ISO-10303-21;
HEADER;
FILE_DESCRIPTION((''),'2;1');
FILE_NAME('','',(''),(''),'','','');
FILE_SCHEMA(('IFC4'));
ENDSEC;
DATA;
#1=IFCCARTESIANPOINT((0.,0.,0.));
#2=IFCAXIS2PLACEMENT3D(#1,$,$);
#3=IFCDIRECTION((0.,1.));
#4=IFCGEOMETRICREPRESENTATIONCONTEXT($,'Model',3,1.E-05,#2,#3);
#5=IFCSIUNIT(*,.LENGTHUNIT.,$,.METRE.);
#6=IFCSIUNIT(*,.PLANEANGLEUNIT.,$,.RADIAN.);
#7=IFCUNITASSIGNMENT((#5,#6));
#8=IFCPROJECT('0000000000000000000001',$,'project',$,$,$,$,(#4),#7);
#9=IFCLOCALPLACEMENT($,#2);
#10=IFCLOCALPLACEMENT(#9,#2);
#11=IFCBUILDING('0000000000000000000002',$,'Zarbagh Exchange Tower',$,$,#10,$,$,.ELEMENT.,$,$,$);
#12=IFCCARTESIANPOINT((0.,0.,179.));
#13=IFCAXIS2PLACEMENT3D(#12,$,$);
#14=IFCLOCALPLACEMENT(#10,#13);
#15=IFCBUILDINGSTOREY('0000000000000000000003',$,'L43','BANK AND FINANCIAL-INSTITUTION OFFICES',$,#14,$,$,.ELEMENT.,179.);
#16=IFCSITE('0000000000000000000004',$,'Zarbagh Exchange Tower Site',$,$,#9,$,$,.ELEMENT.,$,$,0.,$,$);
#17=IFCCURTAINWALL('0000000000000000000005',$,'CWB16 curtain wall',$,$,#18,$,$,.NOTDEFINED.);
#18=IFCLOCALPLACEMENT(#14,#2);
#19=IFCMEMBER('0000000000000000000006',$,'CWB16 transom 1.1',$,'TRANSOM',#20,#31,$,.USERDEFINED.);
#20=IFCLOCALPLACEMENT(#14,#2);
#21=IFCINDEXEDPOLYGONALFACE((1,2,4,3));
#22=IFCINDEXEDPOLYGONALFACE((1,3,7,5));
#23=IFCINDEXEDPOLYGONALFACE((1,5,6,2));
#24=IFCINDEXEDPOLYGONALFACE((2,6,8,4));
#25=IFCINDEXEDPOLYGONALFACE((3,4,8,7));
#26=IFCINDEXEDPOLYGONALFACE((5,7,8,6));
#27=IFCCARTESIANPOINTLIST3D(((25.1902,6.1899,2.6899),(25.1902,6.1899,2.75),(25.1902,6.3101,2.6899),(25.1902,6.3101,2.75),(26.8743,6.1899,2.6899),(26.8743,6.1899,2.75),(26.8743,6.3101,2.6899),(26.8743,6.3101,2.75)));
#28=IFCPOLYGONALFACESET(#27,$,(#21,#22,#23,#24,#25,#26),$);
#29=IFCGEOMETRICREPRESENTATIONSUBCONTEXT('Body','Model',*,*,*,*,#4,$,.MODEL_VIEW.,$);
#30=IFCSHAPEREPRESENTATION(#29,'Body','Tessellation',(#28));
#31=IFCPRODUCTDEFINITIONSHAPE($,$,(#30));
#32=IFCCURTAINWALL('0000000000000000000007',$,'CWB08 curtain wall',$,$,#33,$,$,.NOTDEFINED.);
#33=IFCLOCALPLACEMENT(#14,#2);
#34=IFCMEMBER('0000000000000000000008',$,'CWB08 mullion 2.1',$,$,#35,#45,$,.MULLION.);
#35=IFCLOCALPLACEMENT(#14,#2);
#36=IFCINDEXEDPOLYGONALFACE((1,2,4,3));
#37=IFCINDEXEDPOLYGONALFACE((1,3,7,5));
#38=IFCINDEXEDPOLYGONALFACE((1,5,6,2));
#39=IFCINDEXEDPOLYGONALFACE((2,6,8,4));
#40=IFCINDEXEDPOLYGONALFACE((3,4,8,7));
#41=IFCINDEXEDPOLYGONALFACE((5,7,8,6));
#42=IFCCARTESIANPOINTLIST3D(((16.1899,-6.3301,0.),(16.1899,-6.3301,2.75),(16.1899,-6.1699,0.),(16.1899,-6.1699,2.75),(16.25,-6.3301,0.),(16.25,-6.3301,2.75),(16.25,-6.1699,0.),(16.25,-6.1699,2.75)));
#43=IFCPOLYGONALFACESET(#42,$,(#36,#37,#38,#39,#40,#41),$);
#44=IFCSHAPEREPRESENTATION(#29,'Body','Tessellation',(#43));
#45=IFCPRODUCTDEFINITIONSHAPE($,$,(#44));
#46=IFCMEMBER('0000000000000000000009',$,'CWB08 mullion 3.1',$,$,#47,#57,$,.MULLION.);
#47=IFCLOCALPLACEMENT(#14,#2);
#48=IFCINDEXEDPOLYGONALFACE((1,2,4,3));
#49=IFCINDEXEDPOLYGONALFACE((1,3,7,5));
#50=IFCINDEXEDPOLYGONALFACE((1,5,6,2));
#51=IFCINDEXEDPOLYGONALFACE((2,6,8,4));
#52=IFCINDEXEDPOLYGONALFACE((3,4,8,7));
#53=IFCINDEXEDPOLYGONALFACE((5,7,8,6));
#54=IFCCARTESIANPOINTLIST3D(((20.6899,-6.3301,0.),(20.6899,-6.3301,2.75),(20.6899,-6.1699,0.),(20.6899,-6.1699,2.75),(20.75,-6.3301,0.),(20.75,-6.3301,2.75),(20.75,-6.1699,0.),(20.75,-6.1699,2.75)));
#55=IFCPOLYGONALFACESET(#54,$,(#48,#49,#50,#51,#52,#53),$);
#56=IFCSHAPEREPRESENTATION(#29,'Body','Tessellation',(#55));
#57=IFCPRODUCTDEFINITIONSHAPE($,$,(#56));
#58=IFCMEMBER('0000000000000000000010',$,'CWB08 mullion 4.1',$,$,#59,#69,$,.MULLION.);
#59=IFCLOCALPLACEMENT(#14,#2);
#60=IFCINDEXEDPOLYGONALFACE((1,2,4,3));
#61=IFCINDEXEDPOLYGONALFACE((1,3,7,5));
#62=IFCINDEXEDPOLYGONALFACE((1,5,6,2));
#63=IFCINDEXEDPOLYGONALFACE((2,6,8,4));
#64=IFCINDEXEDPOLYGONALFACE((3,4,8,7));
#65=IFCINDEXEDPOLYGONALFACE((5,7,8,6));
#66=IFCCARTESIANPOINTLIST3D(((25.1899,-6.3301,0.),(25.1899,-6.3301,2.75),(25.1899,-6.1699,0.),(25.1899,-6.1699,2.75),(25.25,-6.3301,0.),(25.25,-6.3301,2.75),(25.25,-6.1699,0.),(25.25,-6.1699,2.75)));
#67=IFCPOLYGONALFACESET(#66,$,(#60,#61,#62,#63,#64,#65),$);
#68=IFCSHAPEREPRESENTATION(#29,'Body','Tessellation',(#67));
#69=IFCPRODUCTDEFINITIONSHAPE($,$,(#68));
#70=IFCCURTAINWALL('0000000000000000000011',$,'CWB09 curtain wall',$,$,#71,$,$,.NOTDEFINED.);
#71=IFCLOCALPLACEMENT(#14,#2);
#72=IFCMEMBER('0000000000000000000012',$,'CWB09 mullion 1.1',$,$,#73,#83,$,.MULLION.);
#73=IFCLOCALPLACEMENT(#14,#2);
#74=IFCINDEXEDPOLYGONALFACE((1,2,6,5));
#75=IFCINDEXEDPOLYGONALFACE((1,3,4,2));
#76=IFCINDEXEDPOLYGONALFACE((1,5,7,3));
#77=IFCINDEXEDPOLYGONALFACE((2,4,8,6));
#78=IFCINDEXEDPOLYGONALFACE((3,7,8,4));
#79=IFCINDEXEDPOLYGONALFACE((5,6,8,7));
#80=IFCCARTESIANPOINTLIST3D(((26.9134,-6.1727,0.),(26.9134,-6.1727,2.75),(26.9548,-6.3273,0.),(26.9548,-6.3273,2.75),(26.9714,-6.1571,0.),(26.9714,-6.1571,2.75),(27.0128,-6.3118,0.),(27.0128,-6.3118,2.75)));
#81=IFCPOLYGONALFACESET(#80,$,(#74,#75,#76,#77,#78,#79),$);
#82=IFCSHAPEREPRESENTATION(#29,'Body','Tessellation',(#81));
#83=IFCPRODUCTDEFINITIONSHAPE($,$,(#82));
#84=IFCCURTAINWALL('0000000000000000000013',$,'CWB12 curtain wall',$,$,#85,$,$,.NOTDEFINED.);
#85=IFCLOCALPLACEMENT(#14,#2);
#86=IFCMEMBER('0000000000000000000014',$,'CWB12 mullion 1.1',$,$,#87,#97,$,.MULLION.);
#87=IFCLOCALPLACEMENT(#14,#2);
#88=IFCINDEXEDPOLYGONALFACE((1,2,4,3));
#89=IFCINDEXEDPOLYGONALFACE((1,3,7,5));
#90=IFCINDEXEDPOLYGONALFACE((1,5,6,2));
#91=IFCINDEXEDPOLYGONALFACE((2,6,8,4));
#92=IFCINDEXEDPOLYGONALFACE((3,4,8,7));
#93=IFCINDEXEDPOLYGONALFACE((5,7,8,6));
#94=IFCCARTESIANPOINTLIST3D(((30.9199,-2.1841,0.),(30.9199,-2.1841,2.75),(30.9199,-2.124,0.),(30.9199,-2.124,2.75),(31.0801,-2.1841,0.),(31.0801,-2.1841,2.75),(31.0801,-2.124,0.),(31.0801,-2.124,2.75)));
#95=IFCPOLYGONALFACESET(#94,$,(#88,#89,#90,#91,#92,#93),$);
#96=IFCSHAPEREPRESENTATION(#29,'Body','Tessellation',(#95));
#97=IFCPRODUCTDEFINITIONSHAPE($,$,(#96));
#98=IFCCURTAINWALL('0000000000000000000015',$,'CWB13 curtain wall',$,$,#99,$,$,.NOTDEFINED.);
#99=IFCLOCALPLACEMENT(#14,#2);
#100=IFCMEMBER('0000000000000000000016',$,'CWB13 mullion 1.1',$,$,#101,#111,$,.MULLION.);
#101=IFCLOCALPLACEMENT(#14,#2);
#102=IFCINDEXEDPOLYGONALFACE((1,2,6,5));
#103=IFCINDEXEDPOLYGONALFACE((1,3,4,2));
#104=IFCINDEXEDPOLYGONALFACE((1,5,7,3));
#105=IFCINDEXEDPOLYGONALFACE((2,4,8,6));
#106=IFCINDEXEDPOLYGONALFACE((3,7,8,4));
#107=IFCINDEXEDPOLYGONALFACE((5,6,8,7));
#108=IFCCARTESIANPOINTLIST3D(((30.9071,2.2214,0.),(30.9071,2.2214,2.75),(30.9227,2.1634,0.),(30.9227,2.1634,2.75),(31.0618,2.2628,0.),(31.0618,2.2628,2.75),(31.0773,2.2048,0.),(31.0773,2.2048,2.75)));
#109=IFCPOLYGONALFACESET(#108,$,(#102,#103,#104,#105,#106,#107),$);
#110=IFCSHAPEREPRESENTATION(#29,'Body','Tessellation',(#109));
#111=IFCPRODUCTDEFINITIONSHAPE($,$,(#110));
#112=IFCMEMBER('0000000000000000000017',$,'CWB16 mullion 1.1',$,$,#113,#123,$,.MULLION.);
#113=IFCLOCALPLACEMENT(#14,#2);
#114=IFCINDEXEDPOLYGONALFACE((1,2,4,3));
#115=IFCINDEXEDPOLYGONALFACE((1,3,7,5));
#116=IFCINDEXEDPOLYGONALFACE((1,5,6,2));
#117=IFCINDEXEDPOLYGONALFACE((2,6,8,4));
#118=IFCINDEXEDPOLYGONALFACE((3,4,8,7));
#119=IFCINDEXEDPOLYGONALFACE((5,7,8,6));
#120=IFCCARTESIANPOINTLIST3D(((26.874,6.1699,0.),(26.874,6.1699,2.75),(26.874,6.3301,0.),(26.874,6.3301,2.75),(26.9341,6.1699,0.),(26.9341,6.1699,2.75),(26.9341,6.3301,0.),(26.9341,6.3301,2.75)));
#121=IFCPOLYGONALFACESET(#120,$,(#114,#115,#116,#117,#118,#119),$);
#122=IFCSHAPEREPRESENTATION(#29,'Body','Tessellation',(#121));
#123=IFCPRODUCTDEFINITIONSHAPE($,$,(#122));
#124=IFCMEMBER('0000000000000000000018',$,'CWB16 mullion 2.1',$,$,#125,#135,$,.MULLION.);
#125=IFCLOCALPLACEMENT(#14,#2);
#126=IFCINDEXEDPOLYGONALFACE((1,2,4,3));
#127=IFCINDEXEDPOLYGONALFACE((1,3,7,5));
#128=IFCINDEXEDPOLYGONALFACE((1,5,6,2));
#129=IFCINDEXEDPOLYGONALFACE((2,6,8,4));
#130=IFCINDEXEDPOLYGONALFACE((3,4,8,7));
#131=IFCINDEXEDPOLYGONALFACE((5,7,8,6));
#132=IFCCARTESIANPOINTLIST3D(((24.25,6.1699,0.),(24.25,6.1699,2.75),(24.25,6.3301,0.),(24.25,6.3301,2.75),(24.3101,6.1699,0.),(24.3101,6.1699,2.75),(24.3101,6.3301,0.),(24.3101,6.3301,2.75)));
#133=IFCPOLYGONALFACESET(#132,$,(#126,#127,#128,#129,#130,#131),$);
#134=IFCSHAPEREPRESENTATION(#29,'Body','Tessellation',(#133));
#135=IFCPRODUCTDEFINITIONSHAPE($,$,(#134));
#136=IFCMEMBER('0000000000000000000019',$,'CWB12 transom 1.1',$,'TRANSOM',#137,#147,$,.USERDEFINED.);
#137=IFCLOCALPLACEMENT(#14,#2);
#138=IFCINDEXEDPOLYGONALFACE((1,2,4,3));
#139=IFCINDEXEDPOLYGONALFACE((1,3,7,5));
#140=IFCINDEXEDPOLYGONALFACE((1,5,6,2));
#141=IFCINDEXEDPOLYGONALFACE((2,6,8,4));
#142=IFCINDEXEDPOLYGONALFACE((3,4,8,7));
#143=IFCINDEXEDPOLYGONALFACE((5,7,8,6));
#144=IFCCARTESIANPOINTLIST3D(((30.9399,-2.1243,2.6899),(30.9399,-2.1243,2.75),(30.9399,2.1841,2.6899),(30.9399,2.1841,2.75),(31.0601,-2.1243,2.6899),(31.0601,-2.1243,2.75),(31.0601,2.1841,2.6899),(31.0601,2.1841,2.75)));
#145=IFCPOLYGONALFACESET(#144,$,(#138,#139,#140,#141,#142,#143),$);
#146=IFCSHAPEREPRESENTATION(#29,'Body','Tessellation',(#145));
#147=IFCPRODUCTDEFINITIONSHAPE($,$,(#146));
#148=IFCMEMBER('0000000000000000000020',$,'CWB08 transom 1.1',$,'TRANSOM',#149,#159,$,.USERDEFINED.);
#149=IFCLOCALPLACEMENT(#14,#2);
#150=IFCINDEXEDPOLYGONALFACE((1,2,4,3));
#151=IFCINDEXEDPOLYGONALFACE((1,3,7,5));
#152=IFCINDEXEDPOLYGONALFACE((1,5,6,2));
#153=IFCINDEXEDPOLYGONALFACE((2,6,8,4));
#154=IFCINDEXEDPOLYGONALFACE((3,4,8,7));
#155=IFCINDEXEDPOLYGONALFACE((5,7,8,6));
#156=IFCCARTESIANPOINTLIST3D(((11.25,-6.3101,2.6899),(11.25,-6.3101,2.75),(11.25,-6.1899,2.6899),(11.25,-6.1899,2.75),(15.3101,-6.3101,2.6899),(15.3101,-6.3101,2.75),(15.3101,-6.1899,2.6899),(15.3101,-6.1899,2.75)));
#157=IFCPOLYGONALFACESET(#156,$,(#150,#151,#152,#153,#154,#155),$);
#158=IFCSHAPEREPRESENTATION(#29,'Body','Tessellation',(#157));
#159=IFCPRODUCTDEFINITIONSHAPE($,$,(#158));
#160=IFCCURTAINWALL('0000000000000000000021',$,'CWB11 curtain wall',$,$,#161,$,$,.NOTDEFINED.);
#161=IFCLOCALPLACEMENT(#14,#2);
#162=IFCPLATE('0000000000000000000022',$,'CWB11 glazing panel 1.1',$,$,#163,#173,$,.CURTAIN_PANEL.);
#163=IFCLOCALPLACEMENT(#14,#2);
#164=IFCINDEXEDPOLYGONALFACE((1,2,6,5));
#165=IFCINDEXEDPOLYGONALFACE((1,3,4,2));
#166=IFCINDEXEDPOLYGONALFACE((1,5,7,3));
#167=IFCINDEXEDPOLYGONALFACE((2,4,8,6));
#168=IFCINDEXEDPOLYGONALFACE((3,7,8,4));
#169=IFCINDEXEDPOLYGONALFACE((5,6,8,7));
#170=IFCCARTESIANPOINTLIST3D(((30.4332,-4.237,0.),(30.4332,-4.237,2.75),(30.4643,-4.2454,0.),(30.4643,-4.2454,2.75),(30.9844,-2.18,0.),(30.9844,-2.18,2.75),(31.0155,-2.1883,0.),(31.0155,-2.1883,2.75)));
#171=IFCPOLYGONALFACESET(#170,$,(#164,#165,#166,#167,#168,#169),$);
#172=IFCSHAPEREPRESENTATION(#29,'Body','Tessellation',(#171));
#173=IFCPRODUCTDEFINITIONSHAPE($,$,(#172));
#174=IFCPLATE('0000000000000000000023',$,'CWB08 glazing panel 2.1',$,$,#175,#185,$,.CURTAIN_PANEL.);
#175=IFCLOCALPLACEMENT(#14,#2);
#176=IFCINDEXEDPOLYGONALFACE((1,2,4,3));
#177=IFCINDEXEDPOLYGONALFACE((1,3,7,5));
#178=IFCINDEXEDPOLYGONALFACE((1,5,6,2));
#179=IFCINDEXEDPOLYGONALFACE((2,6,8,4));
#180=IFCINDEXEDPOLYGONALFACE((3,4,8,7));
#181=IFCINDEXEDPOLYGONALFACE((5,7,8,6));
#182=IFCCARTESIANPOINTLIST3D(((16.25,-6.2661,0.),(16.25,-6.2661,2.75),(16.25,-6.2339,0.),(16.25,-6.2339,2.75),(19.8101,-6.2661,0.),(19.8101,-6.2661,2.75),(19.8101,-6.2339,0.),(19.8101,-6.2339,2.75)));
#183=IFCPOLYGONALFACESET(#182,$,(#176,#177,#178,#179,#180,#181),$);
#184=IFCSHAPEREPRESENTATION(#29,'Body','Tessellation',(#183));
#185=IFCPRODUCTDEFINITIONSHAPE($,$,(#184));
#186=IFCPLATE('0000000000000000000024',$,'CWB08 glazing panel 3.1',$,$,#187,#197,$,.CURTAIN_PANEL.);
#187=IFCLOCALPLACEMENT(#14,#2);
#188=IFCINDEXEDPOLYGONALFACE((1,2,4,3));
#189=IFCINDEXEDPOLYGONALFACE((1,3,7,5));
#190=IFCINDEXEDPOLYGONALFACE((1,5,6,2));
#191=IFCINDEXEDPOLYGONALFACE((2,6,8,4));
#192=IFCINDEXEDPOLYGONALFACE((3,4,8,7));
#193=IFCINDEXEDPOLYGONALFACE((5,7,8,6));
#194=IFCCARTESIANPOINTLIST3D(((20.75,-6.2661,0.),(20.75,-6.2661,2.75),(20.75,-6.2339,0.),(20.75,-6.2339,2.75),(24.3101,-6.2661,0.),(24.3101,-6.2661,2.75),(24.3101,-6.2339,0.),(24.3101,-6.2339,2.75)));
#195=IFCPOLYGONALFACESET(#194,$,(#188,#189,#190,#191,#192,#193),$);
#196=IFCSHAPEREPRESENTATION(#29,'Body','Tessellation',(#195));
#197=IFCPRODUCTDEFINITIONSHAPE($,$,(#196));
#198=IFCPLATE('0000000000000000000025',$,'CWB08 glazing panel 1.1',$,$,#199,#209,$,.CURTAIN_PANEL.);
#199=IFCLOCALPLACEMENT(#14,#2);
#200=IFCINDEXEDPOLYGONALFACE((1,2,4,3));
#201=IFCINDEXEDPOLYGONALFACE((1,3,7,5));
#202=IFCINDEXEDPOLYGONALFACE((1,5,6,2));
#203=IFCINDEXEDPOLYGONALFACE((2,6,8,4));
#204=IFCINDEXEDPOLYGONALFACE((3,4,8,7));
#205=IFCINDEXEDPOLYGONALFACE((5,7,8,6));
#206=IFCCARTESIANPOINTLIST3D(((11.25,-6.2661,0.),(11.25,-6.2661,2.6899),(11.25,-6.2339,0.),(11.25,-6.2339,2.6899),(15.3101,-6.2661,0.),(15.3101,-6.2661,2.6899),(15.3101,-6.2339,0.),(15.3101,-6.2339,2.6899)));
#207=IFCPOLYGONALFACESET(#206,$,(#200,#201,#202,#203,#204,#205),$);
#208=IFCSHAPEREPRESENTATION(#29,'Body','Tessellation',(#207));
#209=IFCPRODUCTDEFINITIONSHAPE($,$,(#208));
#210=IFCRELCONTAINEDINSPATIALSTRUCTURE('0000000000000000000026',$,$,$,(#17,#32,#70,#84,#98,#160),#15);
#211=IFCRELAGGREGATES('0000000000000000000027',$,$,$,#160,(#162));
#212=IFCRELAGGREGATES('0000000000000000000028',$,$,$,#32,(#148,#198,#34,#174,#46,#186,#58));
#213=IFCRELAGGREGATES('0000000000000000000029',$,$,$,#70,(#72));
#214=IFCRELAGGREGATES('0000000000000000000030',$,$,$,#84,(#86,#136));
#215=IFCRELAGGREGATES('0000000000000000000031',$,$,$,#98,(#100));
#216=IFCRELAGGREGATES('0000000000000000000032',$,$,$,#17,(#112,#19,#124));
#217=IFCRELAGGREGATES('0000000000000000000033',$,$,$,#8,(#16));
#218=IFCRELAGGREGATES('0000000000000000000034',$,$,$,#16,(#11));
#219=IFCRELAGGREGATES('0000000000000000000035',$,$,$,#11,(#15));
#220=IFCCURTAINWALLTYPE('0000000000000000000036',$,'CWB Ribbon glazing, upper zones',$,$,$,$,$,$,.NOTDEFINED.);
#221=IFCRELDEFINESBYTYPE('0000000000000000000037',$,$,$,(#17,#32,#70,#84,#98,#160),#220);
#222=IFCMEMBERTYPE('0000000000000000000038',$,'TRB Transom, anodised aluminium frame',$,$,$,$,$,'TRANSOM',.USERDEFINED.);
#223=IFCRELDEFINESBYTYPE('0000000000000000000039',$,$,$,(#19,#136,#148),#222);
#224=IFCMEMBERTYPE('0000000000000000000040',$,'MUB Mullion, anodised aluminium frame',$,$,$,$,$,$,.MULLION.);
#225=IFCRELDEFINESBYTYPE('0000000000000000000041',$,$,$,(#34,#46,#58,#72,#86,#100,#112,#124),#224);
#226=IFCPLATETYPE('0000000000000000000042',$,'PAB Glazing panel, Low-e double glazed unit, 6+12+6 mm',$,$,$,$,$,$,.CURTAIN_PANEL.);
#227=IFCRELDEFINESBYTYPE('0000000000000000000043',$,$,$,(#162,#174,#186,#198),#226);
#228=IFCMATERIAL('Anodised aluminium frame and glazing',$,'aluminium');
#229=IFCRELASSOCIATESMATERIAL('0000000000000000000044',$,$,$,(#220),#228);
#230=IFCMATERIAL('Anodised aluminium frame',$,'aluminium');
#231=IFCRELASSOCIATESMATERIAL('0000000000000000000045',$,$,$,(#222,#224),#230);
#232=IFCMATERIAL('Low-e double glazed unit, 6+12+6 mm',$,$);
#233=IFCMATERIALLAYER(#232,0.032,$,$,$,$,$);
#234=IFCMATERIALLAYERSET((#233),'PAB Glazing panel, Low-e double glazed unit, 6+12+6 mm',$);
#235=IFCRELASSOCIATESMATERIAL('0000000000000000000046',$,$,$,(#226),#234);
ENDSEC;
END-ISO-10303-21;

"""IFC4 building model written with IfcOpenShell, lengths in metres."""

from ifc_helpers import new_model, si_unit, direction, frame, origin, place, context, subcontext, project, spatial, polyline, outline, extrude, source, transform, mapped, material, layer, layer_set, type_object, element, aggregate, save


model = new_model("IFC4")

# Units and contexts
model_context = context("Model", 3, precision=1e-05, world=origin(), true_north=direction((0.0, 1.0)))
body_context = subcontext(model_context, "Body", "Model", "MODEL_VIEW")
ifc_project = project(units=[si_unit("LENGTHUNIT", "METRE"), si_unit("PLANEANGLEUNIT", "RADIAN")], contexts=[model_context])

# Site, building, storey
site_placement = place(None, origin())
site = spatial("IfcSite", under=ifc_project, at=site_placement, Name="Zarbagh Exchange Tower Site", CompositionType="ELEMENT", RefElevation=0.0)
building_placement = place(site_placement, origin())
building = spatial("IfcBuilding", under=site, at=building_placement, Name="Zarbagh Exchange Tower", CompositionType="ELEMENT")
storey_placement = place(building_placement, frame((0.0, 0.0, 179.0)))
storey = spatial("IfcBuildingStorey", under=building, at=storey_placement, Name="L43", Description="BANK AND FINANCIAL-INSTITUTION OFFICES", CompositionType="ELEMENT", Elevation=179.0)

# Curtain wall, member
ifc_material_1 = material(Name="Anodised aluminium frame and glazing", Category="aluminium")
curtain_wall_type = type_object("IfcCurtainWallType", Name="CWB Ribbon glazing, upper zones", PredefinedType="NOTDEFINED", material=ifc_material_1)
curtain_wall_1_placement = place(storey_placement, origin())
curtain_wall_1 = element("IfcCurtainWall", 1, at=curtain_wall_1_placement, inside=storey, type_object=curtain_wall_type, Name="CWB16 curtain wall", PredefinedType="NOTDEFINED")
ifc_material_2 = material(Name="Anodised aluminium frame", Category="aluminium")
member_type_1 = type_object("IfcMemberType", Name="TRB Transom, anodised aluminium frame", ElementType="TRANSOM", PredefinedType="USERDEFINED", material=ifc_material_2)
shared_shape_1 = source(origin(), body_context, "Body", "SweptSolid", [
    extrude(outline(polyline([(-0.0601, -0.0601), (0.0, -0.0601), (0.0, 0.0601), (-0.0601, 0.0601), (-0.0601, -0.0601)])), origin(), (0.0, 0.0, 1.0), 1.6841),
])
placement = place(storey_placement, origin())
member_1 = element("IfcMember", 2, at=placement, type_object=member_type_1, Name="CWB16 transom 1.1", ObjectType="TRANSOM", PredefinedType="USERDEFINED", context=body_context, shape_type="MappedRepresentation", body=[
    mapped(shared_shape_1, transform((26.8743, 6.25, 2.75), x_axis=(0.0, 0.0, 1.0), y_axis=(0.0, 1.0, 0.0), z_axis=(-1.0, 0.0, 0.0))),
])

# Curtain wall, members
curtain_wall_2_placement = place(storey_placement, origin())
curtain_wall_2 = element("IfcCurtainWall", 3, at=curtain_wall_2_placement, inside=storey, type_object=curtain_wall_type, Name="CWB08 curtain wall", PredefinedType="NOTDEFINED")
member_type_2 = type_object("IfcMemberType", Name="MUB Mullion, anodised aluminium frame", PredefinedType="MULLION", material=ifc_material_2)
shared_shape_2 = source(origin(), body_context, "Body", "SweptSolid", [
    extrude(outline(polyline([(0.0, -0.0801), (0.0601, -0.0801), (0.0601, 0.0801), (0.0, 0.0801), (0.0, -0.0801)])), origin(), (0.0, 0.0, 1.0), 2.75),
])
member_2 = element("IfcMember", 4, at=placement, type_object=member_type_2, Name="CWB08 mullion 2.1", PredefinedType="MULLION", context=body_context, shape_type="MappedRepresentation", body=[
    mapped(shared_shape_2, transform((16.1899, -6.25, 0.0), x_axis=(1.0, 0.0, 0.0), y_axis=(0.0, 1.0, 0.0), z_axis=(0.0, 0.0, 1.0))),
])
member_3 = element("IfcMember", 5, at=placement, type_object=member_type_2, Name="CWB08 mullion 3.1", PredefinedType="MULLION", context=body_context, shape_type="MappedRepresentation", body=[
    mapped(shared_shape_2, transform((20.6899, -6.25, 0.0), x_axis=(1.0, 0.0, 0.0), y_axis=(0.0, 1.0, 0.0), z_axis=(0.0, 0.0, 1.0))),
])
member_4 = element("IfcMember", 6, at=placement, type_object=member_type_2, Name="CWB08 mullion 4.1", PredefinedType="MULLION", context=body_context, shape_type="MappedRepresentation", body=[
    mapped(shared_shape_2, transform((25.1899, -6.25, 0.0), x_axis=(1.0, 0.0, 0.0), y_axis=(0.0, 1.0, 0.0), z_axis=(0.0, 0.0, 1.0))),
])

# Curtain walls, members
curtain_wall_3_placement = place(storey_placement, origin())
curtain_wall_3 = element("IfcCurtainWall", 7, at=curtain_wall_3_placement, inside=storey, type_object=curtain_wall_type, Name="CWB09 curtain wall", PredefinedType="NOTDEFINED")
member_5 = element("IfcMember", 8, at=placement, type_object=member_type_2, Name="CWB09 mullion 1.1", PredefinedType="MULLION", context=body_context, shape_type="MappedRepresentation", body=[
    mapped(shared_shape_2, transform((26.9341, -6.25, 0.0), x_axis=(0.965924, 0.258825, 0.0), y_axis=(-0.258825, 0.965924, 0.0), z_axis=(0.0, 0.0, 1.0))),
])
curtain_wall_4_placement = place(storey_placement, origin())
curtain_wall_4 = element("IfcCurtainWall", 9, at=curtain_wall_4_placement, inside=storey, type_object=curtain_wall_type, Name="CWB12 curtain wall", PredefinedType="NOTDEFINED")
member_6 = element("IfcMember", 10, at=placement, type_object=member_type_2, Name="CWB12 mullion 1.1", PredefinedType="MULLION", context=body_context, shape_type="MappedRepresentation", body=[
    mapped(shared_shape_2, transform((31.0, -2.1841, 0.0), x_axis=(0.0, 1.0, 0.0), y_axis=(-1.0, 0.0, 0.0), z_axis=(0.0, 0.0, 1.0))),
])
curtain_wall_5_placement = place(storey_placement, origin())
curtain_wall_5 = element("IfcCurtainWall", 11, at=curtain_wall_5_placement, inside=storey, type_object=curtain_wall_type, Name="CWB13 curtain wall", PredefinedType="NOTDEFINED")
member_7 = element("IfcMember", 12, at=placement, type_object=member_type_2, Name="CWB13 mullion 1.1", PredefinedType="MULLION", context=body_context, shape_type="MappedRepresentation", body=[
    mapped(shared_shape_2, transform((31.0, 2.1841, 0.0), x_axis=(-0.258825, 0.965924, 0.0), y_axis=(-0.965924, -0.258825, 0.0), z_axis=(0.0, 0.0, 1.0))),
])

# Members
member_8 = element("IfcMember", 13, at=placement, type_object=member_type_2, Name="CWB16 mullion 1.1", PredefinedType="MULLION", context=body_context, shape_type="MappedRepresentation", body=[
    mapped(shared_shape_2, transform((26.9341, 6.25, 0.0), x_axis=(-1.0, 0.0, 0.0), y_axis=(0.0, -1.0, 0.0), z_axis=(0.0, 0.0, 1.0))),
])
member_9 = element("IfcMember", 14, at=placement, type_object=member_type_2, Name="CWB16 mullion 2.1", PredefinedType="MULLION", context=body_context, shape_type="MappedRepresentation", body=[
    mapped(shared_shape_2, transform((24.3101, 6.25, 0.0), x_axis=(-1.0, 0.0, 0.0), y_axis=(0.0, -1.0, 0.0), z_axis=(0.0, 0.0, 1.0))),
])
shared_shape_3 = source(origin(), body_context, "Body", "SweptSolid", [
    extrude(outline(polyline([(-0.0601, -0.0601), (0.0, -0.0601), (0.0, 0.0601), (-0.0601, 0.0601), (-0.0601, -0.0601)])), origin(), (0.0, 0.0, 1.0), 4.3083),
])
member_10 = element("IfcMember", 15, at=placement, type_object=member_type_1, Name="CWB12 transom 1.1", ObjectType="TRANSOM", PredefinedType="USERDEFINED", context=body_context, shape_type="MappedRepresentation", body=[
    mapped(shared_shape_3, transform((31.0, -2.1243, 2.75), x_axis=(0.0, 0.0, 1.0), y_axis=(1.0, 0.0, 0.0), z_axis=(0.0, 1.0, 0.0))),
])
shared_shape_4 = source(origin(), body_context, "Body", "SweptSolid", [
    extrude(outline(polyline([(-0.0601, -0.0601), (0.0, -0.0601), (0.0, 0.0601), (-0.0601, 0.0601), (-0.0601, -0.0601)])), origin(), (0.0, 0.0, 1.0), 4.0601),
])
member_11 = element("IfcMember", 16, at=placement, type_object=member_type_1, Name="CWB08 transom 1.1", ObjectType="TRANSOM", PredefinedType="USERDEFINED", context=body_context, shape_type="MappedRepresentation", body=[
    mapped(shared_shape_4, transform((11.25, -6.25, 2.75), x_axis=(0.0, 0.0, 1.0), y_axis=(0.0, -1.0, 0.0), z_axis=(1.0, 0.0, 0.0))),
])

# Curtain wall, plate
curtain_wall_6_placement = place(storey_placement, origin())
curtain_wall_6 = element("IfcCurtainWall", 17, at=curtain_wall_6_placement, inside=storey, type_object=curtain_wall_type, Name="CWB11 curtain wall", PredefinedType="NOTDEFINED")
ifc_material_3 = material(Name="Low-e double glazed unit, 6+12+6 mm")
ifc_layer = layer(ifc_material_3, 0.032)
ifc_layer_set = layer_set([ifc_layer], Name="PAB Glazing panel, Low-e double glazed unit, 6+12+6 mm")
plate_type = type_object("IfcPlateType", Name="PAB Glazing panel, Low-e double glazed unit, 6+12+6 mm", PredefinedType="CURTAIN_PANEL", material=ifc_layer_set)
shared_shape_5 = source(origin(), body_context, "Body", "SweptSolid", [
    extrude(outline(polyline([(0.0, -0.0161), (2.1296, -0.0161), (2.1296, 0.0161), (0.0, 0.0161), (0.0, -0.0161)])), origin(), (0.0, 0.0, 1.0), 2.75),
])
plate_1 = element("IfcPlate", 18, at=placement, type_object=plate_type, Name="CWB11 glazing panel 1.1", PredefinedType="CURTAIN_PANEL", context=body_context, shape_type="MappedRepresentation", body=[
    mapped(shared_shape_5, transform((30.4487, -4.2412, 0.0), x_axis=(0.258825, 0.965924, 0.0), y_axis=(-0.965924, 0.258825, 0.0), z_axis=(0.0, 0.0, 1.0))),
])
aggregate(curtain_wall_6, [plate_1])

# Plates
shared_shape_6 = source(origin(), body_context, "Body", "SweptSolid", [
    extrude(outline(polyline([(0.0, -0.0161), (3.5601, -0.0161), (3.5601, 0.0161), (0.0, 0.0161), (0.0, -0.0161)])), origin(), (0.0, 0.0, 1.0), 2.75),
])
plate_2 = element("IfcPlate", 19, at=placement, type_object=plate_type, Name="CWB08 glazing panel 2.1", PredefinedType="CURTAIN_PANEL", context=body_context, shape_type="MappedRepresentation", body=[
    mapped(shared_shape_6, transform((16.25, -6.25, 0.0), x_axis=(1.0, 0.0, 0.0), y_axis=(0.0, 1.0, 0.0), z_axis=(0.0, 0.0, 1.0))),
])
plate_3 = element("IfcPlate", 20, at=placement, type_object=plate_type, Name="CWB08 glazing panel 3.1", PredefinedType="CURTAIN_PANEL", context=body_context, shape_type="MappedRepresentation", body=[
    mapped(shared_shape_6, transform((20.75, -6.25, 0.0), x_axis=(1.0, 0.0, 0.0), y_axis=(0.0, 1.0, 0.0), z_axis=(0.0, 0.0, 1.0))),
])
shared_shape_7 = source(origin(), body_context, "Body", "SweptSolid", [
    extrude(outline(polyline([(0.0, -0.0161), (4.0601, -0.0161), (4.0601, 0.0161), (0.0, 0.0161), (0.0, -0.0161)])), origin(), (0.0, 0.0, 1.0), 2.6899),
])
plate_4 = element("IfcPlate", 21, at=placement, type_object=plate_type, Name="CWB08 glazing panel 1.1", PredefinedType="CURTAIN_PANEL", context=body_context, shape_type="MappedRepresentation", body=[
    mapped(shared_shape_7, transform((11.25, -6.25, 0.0), x_axis=(1.0, 0.0, 0.0), y_axis=(0.0, 1.0, 0.0), z_axis=(0.0, 0.0, 1.0))),
])
aggregate(curtain_wall_2, [member_11, plate_4, member_2, plate_2, member_3, plate_3, member_4])
aggregate(curtain_wall_3, [member_5])

aggregate(curtain_wall_4, [member_6, member_10])
aggregate(curtain_wall_5, [member_7])

aggregate(curtain_wall_1, [member_8, member_1, member_9])

save(model, "model.ifc")
